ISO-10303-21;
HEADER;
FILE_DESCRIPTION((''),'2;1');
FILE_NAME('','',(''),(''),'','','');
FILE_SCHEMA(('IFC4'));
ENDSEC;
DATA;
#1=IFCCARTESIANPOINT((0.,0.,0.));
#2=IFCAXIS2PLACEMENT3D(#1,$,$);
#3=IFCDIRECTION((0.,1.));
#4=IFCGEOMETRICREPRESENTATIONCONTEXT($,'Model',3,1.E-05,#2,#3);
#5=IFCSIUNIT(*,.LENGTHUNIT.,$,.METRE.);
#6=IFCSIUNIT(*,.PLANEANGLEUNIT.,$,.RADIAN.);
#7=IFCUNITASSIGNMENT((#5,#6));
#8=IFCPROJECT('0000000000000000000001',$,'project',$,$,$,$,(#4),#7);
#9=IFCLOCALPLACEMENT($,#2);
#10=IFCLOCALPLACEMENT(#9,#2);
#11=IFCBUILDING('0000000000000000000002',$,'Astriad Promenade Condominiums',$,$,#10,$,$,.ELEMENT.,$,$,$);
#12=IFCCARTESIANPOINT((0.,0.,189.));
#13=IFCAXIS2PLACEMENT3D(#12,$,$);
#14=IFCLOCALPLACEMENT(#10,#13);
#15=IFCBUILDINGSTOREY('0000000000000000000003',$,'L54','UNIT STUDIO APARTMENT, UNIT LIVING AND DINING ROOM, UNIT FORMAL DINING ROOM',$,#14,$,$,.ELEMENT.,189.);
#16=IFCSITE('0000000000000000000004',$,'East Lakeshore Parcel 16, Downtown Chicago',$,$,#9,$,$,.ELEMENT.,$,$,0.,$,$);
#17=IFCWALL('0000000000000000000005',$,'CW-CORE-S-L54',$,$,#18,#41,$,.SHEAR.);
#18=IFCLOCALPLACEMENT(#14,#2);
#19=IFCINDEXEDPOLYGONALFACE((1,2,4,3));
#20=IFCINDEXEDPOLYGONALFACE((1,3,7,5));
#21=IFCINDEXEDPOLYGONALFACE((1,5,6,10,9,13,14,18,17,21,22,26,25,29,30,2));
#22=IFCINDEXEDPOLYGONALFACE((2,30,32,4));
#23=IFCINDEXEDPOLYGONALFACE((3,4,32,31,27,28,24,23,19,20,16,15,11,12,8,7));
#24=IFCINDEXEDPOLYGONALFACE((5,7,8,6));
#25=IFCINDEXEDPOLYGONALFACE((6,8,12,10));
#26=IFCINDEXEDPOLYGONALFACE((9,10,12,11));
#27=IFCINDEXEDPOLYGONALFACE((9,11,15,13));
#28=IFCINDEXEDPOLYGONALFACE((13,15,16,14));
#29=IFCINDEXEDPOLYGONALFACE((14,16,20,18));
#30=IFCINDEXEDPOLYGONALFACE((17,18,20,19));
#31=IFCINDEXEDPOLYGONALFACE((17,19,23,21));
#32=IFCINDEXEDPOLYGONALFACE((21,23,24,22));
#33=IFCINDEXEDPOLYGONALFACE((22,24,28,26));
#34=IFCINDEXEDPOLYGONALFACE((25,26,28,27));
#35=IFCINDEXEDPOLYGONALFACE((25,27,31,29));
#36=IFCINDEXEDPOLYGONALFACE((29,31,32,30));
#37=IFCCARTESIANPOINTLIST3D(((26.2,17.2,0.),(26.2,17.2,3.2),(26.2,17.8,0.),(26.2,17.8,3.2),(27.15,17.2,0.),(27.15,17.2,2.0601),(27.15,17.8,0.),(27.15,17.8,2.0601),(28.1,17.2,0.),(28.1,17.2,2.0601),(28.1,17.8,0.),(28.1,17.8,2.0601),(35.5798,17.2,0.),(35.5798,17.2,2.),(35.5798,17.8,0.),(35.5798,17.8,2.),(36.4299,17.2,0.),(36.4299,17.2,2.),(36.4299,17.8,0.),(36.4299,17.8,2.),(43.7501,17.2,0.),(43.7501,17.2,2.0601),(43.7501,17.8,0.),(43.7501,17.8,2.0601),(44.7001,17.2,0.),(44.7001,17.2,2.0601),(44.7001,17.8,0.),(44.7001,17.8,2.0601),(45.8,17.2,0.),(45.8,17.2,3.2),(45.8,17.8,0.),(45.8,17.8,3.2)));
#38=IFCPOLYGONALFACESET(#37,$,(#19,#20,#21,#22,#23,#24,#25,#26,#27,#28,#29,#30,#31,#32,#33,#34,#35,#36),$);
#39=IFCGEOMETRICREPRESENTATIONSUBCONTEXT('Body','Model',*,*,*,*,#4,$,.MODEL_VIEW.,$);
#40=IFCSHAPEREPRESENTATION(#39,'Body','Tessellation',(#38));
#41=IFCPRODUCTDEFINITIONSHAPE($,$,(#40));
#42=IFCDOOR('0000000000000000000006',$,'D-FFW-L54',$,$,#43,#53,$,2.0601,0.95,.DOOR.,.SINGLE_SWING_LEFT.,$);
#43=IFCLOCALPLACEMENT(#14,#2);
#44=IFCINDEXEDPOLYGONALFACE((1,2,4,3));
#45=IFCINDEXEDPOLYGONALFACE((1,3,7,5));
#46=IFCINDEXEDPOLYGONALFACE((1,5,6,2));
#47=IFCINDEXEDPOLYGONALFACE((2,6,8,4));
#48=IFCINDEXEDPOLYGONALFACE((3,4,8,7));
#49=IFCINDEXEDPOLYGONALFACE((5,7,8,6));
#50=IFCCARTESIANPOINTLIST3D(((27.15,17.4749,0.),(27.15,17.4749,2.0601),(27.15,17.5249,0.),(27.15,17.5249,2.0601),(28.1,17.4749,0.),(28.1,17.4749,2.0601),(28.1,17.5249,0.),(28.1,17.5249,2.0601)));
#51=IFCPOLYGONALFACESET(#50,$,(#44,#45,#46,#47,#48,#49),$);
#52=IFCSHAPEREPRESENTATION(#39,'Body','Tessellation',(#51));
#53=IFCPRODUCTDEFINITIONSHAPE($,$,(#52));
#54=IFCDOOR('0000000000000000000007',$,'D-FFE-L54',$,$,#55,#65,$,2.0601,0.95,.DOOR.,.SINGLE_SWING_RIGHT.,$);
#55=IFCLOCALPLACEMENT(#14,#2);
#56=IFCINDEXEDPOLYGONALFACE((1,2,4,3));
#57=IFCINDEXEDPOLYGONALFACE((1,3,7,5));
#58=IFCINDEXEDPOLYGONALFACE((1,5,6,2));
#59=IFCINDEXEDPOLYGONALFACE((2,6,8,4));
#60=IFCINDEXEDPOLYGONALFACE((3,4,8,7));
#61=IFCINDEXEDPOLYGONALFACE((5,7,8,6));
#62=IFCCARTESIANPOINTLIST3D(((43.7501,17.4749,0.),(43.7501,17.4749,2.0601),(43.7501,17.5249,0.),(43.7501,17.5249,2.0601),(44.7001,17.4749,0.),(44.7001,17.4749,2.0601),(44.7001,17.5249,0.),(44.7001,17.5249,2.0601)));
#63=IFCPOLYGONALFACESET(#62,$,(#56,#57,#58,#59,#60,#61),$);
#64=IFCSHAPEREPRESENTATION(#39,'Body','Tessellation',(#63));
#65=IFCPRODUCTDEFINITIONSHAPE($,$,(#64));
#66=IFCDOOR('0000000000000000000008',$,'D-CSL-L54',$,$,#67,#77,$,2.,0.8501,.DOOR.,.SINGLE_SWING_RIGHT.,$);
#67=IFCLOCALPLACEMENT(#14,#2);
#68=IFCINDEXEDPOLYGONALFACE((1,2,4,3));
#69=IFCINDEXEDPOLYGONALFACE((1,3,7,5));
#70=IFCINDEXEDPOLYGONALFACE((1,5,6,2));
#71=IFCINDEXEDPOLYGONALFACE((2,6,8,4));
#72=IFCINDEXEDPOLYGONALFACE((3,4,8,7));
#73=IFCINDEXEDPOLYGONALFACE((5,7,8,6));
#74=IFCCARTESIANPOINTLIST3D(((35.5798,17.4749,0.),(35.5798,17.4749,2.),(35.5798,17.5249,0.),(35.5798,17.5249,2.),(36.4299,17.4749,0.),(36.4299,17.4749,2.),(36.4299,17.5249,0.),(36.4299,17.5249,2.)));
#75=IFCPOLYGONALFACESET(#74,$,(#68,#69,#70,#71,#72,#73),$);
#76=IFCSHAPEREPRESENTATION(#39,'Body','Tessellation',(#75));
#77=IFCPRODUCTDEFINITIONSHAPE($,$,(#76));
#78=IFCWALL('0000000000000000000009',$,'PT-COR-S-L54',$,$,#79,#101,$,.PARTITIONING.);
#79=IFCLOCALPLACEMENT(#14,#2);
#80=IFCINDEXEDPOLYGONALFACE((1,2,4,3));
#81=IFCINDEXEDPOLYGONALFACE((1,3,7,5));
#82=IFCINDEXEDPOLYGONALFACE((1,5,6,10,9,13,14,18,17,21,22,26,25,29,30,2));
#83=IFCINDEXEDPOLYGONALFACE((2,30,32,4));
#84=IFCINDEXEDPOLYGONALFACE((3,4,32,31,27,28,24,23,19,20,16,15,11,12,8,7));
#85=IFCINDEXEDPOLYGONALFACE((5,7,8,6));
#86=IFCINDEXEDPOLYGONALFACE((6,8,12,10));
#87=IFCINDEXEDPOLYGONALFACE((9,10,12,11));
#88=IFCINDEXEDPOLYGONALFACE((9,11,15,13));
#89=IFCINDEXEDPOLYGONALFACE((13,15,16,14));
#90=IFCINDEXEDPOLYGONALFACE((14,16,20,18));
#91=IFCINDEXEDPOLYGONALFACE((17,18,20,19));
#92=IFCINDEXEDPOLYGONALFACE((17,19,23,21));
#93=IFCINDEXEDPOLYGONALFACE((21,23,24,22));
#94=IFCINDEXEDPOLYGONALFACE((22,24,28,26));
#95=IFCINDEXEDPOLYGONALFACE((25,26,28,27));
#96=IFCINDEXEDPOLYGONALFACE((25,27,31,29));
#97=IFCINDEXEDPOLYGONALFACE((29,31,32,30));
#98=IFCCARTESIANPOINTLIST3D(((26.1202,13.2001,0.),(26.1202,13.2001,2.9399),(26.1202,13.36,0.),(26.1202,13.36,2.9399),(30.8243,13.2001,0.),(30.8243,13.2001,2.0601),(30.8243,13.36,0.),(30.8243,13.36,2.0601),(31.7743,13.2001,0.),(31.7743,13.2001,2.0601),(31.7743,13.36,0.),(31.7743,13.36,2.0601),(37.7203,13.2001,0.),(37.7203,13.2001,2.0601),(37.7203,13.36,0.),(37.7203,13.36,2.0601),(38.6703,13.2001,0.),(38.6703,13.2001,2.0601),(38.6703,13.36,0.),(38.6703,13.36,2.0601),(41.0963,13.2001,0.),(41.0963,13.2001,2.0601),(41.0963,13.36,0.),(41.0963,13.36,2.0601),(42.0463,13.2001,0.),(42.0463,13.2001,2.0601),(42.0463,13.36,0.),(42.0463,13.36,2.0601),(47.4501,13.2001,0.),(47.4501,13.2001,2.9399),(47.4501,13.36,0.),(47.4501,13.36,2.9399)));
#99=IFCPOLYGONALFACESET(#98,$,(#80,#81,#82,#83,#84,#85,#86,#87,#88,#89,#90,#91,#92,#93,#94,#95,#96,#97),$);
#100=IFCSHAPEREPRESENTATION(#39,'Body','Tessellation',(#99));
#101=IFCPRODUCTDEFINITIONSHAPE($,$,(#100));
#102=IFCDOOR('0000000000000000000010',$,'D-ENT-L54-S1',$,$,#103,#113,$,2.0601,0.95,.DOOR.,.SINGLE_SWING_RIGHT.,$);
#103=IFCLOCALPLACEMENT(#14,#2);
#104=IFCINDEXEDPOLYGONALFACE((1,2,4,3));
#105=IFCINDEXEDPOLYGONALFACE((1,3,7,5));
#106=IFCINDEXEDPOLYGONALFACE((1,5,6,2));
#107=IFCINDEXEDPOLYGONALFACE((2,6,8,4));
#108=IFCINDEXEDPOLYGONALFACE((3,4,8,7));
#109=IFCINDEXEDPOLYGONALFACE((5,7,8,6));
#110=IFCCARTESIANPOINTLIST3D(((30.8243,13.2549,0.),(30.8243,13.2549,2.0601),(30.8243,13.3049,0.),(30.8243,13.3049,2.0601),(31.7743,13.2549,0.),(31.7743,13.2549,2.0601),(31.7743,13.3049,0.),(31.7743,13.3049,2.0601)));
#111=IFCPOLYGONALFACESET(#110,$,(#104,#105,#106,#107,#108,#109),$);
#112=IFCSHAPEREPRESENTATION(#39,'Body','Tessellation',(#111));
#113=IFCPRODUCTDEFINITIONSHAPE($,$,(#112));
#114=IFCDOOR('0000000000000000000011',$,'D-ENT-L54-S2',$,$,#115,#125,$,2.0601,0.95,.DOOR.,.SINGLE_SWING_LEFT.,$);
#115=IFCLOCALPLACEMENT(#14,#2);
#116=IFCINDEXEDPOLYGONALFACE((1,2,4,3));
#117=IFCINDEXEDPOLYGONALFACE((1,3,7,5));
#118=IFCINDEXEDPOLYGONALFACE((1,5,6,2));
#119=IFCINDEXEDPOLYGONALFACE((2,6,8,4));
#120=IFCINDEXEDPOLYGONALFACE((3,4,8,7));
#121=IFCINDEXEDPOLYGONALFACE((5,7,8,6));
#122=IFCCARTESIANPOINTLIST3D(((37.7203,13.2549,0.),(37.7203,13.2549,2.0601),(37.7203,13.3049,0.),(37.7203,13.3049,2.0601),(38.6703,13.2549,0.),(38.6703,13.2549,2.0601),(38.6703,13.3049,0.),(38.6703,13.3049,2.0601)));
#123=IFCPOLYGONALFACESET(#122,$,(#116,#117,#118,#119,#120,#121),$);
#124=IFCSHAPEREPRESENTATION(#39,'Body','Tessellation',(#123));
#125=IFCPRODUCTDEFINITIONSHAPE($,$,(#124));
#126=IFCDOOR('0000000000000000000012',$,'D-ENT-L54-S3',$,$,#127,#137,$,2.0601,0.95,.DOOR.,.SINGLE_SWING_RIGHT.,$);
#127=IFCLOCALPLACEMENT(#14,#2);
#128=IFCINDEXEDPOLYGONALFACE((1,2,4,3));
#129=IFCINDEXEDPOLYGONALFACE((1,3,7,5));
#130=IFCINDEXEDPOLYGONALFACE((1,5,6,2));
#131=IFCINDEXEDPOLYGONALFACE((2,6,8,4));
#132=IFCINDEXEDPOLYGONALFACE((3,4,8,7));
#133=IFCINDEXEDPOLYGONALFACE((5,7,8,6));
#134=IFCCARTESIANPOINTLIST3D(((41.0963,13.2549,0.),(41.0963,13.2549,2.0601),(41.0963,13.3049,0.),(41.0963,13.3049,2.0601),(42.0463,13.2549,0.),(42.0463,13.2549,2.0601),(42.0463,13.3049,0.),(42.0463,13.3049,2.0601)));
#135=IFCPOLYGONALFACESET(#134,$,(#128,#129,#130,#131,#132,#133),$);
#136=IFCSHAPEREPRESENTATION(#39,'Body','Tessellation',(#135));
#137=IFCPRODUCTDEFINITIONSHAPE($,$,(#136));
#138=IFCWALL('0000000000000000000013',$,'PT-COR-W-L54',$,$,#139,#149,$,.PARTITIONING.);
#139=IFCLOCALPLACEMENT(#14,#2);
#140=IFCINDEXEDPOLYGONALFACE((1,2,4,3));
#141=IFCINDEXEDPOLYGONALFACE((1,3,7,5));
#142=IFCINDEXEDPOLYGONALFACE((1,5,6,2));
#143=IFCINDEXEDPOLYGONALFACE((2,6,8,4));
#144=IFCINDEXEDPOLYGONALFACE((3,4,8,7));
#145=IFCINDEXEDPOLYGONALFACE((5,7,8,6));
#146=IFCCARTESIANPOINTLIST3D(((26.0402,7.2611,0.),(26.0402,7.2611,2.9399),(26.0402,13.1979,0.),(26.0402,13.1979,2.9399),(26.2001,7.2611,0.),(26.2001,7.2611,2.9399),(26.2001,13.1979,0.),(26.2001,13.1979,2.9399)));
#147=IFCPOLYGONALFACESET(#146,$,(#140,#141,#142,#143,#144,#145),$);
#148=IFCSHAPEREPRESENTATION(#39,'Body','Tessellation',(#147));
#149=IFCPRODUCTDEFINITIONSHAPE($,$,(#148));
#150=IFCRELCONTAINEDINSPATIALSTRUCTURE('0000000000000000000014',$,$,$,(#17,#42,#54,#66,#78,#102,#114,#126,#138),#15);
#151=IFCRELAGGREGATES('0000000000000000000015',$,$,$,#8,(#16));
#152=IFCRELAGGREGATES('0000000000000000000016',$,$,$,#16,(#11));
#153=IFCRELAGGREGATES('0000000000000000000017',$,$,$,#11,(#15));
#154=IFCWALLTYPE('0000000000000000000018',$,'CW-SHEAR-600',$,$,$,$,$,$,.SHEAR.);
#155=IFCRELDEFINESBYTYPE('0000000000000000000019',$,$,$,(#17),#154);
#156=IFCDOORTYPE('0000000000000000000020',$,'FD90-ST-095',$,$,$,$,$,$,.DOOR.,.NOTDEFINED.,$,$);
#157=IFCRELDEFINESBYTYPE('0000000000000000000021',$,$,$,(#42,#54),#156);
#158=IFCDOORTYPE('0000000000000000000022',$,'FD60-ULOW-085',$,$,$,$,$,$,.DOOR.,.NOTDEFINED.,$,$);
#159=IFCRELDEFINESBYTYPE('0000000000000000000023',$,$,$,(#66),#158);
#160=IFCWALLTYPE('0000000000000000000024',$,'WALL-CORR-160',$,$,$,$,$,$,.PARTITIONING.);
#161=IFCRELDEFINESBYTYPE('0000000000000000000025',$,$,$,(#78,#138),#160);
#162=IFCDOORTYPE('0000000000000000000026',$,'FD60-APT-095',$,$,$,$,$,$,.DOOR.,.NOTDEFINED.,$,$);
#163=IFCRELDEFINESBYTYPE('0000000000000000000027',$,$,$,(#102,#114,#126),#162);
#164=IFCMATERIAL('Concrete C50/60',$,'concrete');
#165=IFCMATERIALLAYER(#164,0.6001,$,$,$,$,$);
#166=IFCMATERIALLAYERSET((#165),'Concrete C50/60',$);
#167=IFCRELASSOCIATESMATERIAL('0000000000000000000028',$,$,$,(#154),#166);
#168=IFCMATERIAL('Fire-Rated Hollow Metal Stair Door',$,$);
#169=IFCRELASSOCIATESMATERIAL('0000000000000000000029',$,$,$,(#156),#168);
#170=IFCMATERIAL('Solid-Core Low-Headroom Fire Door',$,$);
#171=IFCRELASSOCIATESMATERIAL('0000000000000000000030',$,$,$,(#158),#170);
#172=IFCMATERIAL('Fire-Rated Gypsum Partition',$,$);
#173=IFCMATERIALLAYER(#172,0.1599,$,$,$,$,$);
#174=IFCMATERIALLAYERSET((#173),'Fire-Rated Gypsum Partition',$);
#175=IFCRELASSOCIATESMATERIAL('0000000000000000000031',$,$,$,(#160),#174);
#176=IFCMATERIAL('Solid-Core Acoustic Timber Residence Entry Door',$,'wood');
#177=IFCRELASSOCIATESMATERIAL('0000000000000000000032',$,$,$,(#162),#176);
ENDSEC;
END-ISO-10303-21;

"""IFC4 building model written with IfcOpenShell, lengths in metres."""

from ifc_helpers import new_model, si_unit, direction, frame, frame_2d, origin, place, context, subcontext, project, spatial, rectangle, extrude, source, transform, mapped, material, layer, layer_set, type_object, type_shapes, element, fill, save


model = new_model("IFC4")

# Units and contexts
model_context = context("Model", 3, precision=1e-05, world=origin(), true_north=direction((0.0, 1.0)))
body_context = subcontext(model_context, "Body", "Model", "MODEL_VIEW")
ifc_project = project(units=[si_unit("LENGTHUNIT", "METRE"), si_unit("PLANEANGLEUNIT", "RADIAN")], contexts=[model_context])

# Site, building, storey
site_placement = place(None, origin())
site = spatial("IfcSite", under=ifc_project, at=site_placement, Name="East Lakeshore Parcel 16, Downtown Chicago", CompositionType="ELEMENT", RefElevation=0.0)
building_placement = place(site_placement, origin())
building = spatial("IfcBuilding", under=site, at=building_placement, Name="Astriad Promenade Condominiums", CompositionType="ELEMENT")
storey_placement = place(building_placement, frame((0.0, 0.0, 189.0)))
storey = spatial("IfcBuildingStorey", under=building, at=storey_placement, Name="L54", Description="UNIT STUDIO APARTMENT, UNIT LIVING AND DINING ROOM, UNIT FORMAL DINING ROOM", CompositionType="ELEMENT", Elevation=189.0)

# Shared definitions
ifc_material_1 = material(Name="Concrete C50/60", Category="concrete")

# Walls, openings, doors
ifc_layer_1 = layer(ifc_material_1, 0.6001)
ifc_layer_set_1 = layer_set([ifc_layer_1], Name="Concrete C50/60")
wall_type_1 = type_object("IfcWallType", Name="CW-SHEAR-600", PredefinedType="SHEAR", material=ifc_layer_set_1)
wall_1_placement = place(storey_placement, frame((26.2, 17.5, 0.0), z_axis=(0.0, 0.0, 1.0), x_axis=(1.0, 0.0, 0.0)))
wall_1 = element("IfcWall", 1, at=wall_1_placement, inside=storey, type_object=wall_type_1, Name="CW-CORE-S-L54", PredefinedType="SHEAR", context=body_context, shape_type="SweptSolid", body=[
    extrude(rectangle(XDim=19.6001, YDim=0.6001, at=frame_2d((9.8, 0.0))), origin(), (0.0, 0.0, 1.0), 3.2),
])
opening_1_placement = place(wall_1_placement, frame((0.95, 0.0, 0.0)))
opening_1 = element("IfcOpeningElement", 2, at=opening_1_placement, cuts=wall_1, PredefinedType="OPENING", context=body_context, shape_type="SweptSolid", body=[
    extrude(rectangle(XDim=0.95, YDim=2.0601, at=frame_2d((0.4751, 1.03))), frame((0.0, 0.3101, 0.0), z_axis=(0.0, -1.0, 0.0), x_axis=(1.0, 0.0, 0.0)), (0.0, 0.0, 1.0), 0.6201),
])
opening_2_placement = place(wall_1_placement, frame((9.3799, 0.0, 0.0)))
opening_2 = element("IfcOpeningElement", 3, at=opening_2_placement, cuts=wall_1, PredefinedType="OPENING", context=body_context, shape_type="SweptSolid", body=[
    extrude(rectangle(XDim=0.8501, YDim=2.0, at=frame_2d((0.425, 1.0))), frame((0.0, 0.3101, 0.0), z_axis=(0.0, -1.0, 0.0), x_axis=(1.0, 0.0, 0.0)), (0.0, 0.0, 1.0), 0.6201),
])
opening_3_placement = place(wall_1_placement, frame((17.55, 0.0, 0.0)))
opening_3 = element("IfcOpeningElement", 4, at=opening_3_placement, cuts=wall_1, PredefinedType="OPENING", context=body_context, shape_type="SweptSolid", body=[
    extrude(rectangle(XDim=0.95, YDim=2.0601, at=frame_2d((0.4751, 1.03))), frame((0.0, 0.3101, 0.0), z_axis=(0.0, -1.0, 0.0), x_axis=(1.0, 0.0, 0.0)), (0.0, 0.0, 1.0), 0.6201),
])
ifc_material_2 = material(Name="Fire-Rated Hollow Metal Stair Door")
door_type_1 = type_object("IfcDoorType", Name="FD90-ST-095", OperationType="NOTDEFINED", PredefinedType="DOOR", material=ifc_material_2)
shared_shape_1 = source(origin(), body_context, "Body", "SweptSolid", [
    extrude(rectangle(XDim=0.95, YDim=2.0601, at=frame_2d((0.4751, 1.03))), frame((0.0, 0.0249, 0.0), z_axis=(0.0, -1.0, 0.0), x_axis=(1.0, 0.0, 0.0)), (0.0, 0.0, 1.0), 0.05),
])
type_shapes(door_type_1, [shared_shape_1])
door_1_placement = place(opening_1_placement, origin())
door_1 = element("IfcDoor", 5, at=door_1_placement, inside=storey, type_object=door_type_1, Name="D-FFW-L54", OperationType="SINGLE_SWING_LEFT", OverallHeight=2.0601, OverallWidth=0.95, PredefinedType="DOOR", context=body_context, shape_type="MappedRepresentation", body=[
    mapped(shared_shape_1, transform((0.0, 0.0, 0.0), scale=1.0)),
])
fill(opening_1, door_1)
door_2_placement = place(opening_3_placement, origin())
door_2 = element("IfcDoor", 6, at=door_2_placement, inside=storey, type_object=door_type_1, Name="D-FFE-L54", OperationType="SINGLE_SWING_RIGHT", OverallHeight=2.0601, OverallWidth=0.95, PredefinedType="DOOR", context=body_context, shape_type="MappedRepresentation", body=[
    mapped(shared_shape_1, transform((0.0, 0.0, 0.0), scale=1.0)),
])
fill(opening_3, door_2)
ifc_material_3 = material(Name="Solid-Core Low-Headroom Fire Door")
door_type_2 = type_object("IfcDoorType", Name="FD60-ULOW-085", OperationType="NOTDEFINED", PredefinedType="DOOR", material=ifc_material_3)
shared_shape_2 = source(origin(), body_context, "Body", "SweptSolid", [
    extrude(rectangle(XDim=0.8501, YDim=2.0, at=frame_2d((0.425, 1.0))), frame((0.0, 0.0249, 0.0), z_axis=(0.0, -1.0, 0.0), x_axis=(1.0, 0.0, 0.0)), (0.0, 0.0, 1.0), 0.05),
])
type_shapes(door_type_2, [shared_shape_2])
door_3_placement = place(opening_2_placement, origin())
door_3 = element("IfcDoor", 7, at=door_3_placement, inside=storey, type_object=door_type_2, Name="D-CSL-L54", OperationType="SINGLE_SWING_RIGHT", OverallHeight=2.0, OverallWidth=0.8501, PredefinedType="DOOR", context=body_context, shape_type="MappedRepresentation", body=[
    mapped(shared_shape_2, transform((0.0, 0.0, 0.0), scale=1.0)),
])
fill(opening_2, door_3)
ifc_material_4 = material(Name="Fire-Rated Gypsum Partition")
ifc_layer_2 = layer(ifc_material_4, 0.1599)
ifc_layer_set_2 = layer_set([ifc_layer_2], Name="Fire-Rated Gypsum Partition")
wall_type_2 = type_object("IfcWallType", Name="WALL-CORR-160", PredefinedType="PARTITIONING", material=ifc_layer_set_2)
wall_2_placement = place(storey_placement, frame((26.1201, 13.28, 0.0), z_axis=(0.0, 0.0, 1.0), x_axis=(1.0, 0.0, 0.0)))
wall_2 = element("IfcWall", 8, at=wall_2_placement, inside=storey, type_object=wall_type_2, Name="PT-COR-S-L54", PredefinedType="PARTITIONING", context=body_context, shape_type="SweptSolid", body=[
    extrude(rectangle(XDim=21.3298, YDim=0.1599, at=frame_2d((10.665, 0.0))), origin(), (0.0, 0.0, 1.0), 2.9399),
])
opening_4_placement = place(wall_2_placement, frame((4.7041, 0.0, 0.0)))
opening_4 = element("IfcOpeningElement", 9, at=opening_4_placement, cuts=wall_2, PredefinedType="OPENING", context=body_context, shape_type="SweptSolid", body=[
    extrude(rectangle(XDim=0.95, YDim=2.0601, at=frame_2d((0.4751, 1.03))), frame((0.0, 0.0898, 0.0), z_axis=(0.0, -1.0, 0.0), x_axis=(1.0, 0.0, 0.0)), (0.0, 0.0, 1.0), 0.1799),
])
opening_5_placement = place(wall_2_placement, frame((11.6001, 0.0, 0.0)))
opening_5 = element("IfcOpeningElement", 10, at=opening_5_placement, cuts=wall_2, PredefinedType="OPENING", context=body_context, shape_type="SweptSolid", body=[
    extrude(rectangle(XDim=0.95, YDim=2.0601, at=frame_2d((0.4751, 1.03))), frame((0.0, 0.0898, 0.0), z_axis=(0.0, -1.0, 0.0), x_axis=(1.0, 0.0, 0.0)), (0.0, 0.0, 1.0), 0.1799),
])
opening_6_placement = place(wall_2_placement, frame((14.9761, 0.0, 0.0)))
opening_6 = element("IfcOpeningElement", 11, at=opening_6_placement, cuts=wall_2, PredefinedType="OPENING", context=body_context, shape_type="SweptSolid", body=[
    extrude(rectangle(XDim=0.95, YDim=2.0601, at=frame_2d((0.4751, 1.03))), frame((0.0, 0.0898, 0.0), z_axis=(0.0, -1.0, 0.0), x_axis=(1.0, 0.0, 0.0)), (0.0, 0.0, 1.0), 0.1799),
])
ifc_material_5 = material(Name="Solid-Core Acoustic Timber Residence Entry Door", Category="wood")
door_type_3 = type_object("IfcDoorType", Name="FD60-APT-095", OperationType="NOTDEFINED", PredefinedType="DOOR", material=ifc_material_5)
shared_shape_3 = source(origin(), body_context, "Body", "SweptSolid", [
    extrude(rectangle(XDim=0.95, YDim=2.0601, at=frame_2d((0.4751, 1.03))), frame((0.0, 0.0249, 0.0), z_axis=(0.0, -1.0, 0.0), x_axis=(1.0, 0.0, 0.0)), (0.0, 0.0, 1.0), 0.05),
])
type_shapes(door_type_3, [shared_shape_3])
door_4_placement = place(opening_4_placement, origin())
door_4 = element("IfcDoor", 12, at=door_4_placement, inside=storey, type_object=door_type_3, Name="D-ENT-L54-S1", OperationType="SINGLE_SWING_RIGHT", OverallHeight=2.0601, OverallWidth=0.95, PredefinedType="DOOR", context=body_context, shape_type="MappedRepresentation", body=[
    mapped(shared_shape_3, transform((0.0, 0.0, 0.0), scale=1.0)),
])
fill(opening_4, door_4)
door_5_placement = place(opening_5_placement, origin())
door_5 = element("IfcDoor", 13, at=door_5_placement, inside=storey, type_object=door_type_3, Name="D-ENT-L54-S2", OperationType="SINGLE_SWING_LEFT", OverallHeight=2.0601, OverallWidth=0.95, PredefinedType="DOOR", context=body_context, shape_type="MappedRepresentation", body=[
    mapped(shared_shape_3, transform((0.0, 0.0, 0.0), scale=1.0)),
])
fill(opening_5, door_5)
door_6_placement = place(opening_6_placement, origin())
door_6 = element("IfcDoor", 14, at=door_6_placement, inside=storey, type_object=door_type_3, Name="D-ENT-L54-S3", OperationType="SINGLE_SWING_RIGHT", OverallHeight=2.0601, OverallWidth=0.95, PredefinedType="DOOR", context=body_context, shape_type="MappedRepresentation", body=[
    mapped(shared_shape_3, transform((0.0, 0.0, 0.0), scale=1.0)),
])
fill(opening_6, door_6)

# Wall
wall_3_placement = place(storey_placement, frame((26.1201, 7.2612, 0.0), z_axis=(0.0, 0.0, 1.0), x_axis=(0.0, 1.0, 0.0)))
element("IfcWall", 15, at=wall_3_placement, inside=storey, type_object=wall_type_2, Name="PT-COR-W-L54", PredefinedType="PARTITIONING", context=body_context, shape_type="SweptSolid", body=[
    extrude(rectangle(XDim=5.9368, YDim=0.1599, at=frame_2d((2.9683, 0.0))), origin(), (0.0, 0.0, 1.0), 2.9399),
])

save(model, "model.ifc")
